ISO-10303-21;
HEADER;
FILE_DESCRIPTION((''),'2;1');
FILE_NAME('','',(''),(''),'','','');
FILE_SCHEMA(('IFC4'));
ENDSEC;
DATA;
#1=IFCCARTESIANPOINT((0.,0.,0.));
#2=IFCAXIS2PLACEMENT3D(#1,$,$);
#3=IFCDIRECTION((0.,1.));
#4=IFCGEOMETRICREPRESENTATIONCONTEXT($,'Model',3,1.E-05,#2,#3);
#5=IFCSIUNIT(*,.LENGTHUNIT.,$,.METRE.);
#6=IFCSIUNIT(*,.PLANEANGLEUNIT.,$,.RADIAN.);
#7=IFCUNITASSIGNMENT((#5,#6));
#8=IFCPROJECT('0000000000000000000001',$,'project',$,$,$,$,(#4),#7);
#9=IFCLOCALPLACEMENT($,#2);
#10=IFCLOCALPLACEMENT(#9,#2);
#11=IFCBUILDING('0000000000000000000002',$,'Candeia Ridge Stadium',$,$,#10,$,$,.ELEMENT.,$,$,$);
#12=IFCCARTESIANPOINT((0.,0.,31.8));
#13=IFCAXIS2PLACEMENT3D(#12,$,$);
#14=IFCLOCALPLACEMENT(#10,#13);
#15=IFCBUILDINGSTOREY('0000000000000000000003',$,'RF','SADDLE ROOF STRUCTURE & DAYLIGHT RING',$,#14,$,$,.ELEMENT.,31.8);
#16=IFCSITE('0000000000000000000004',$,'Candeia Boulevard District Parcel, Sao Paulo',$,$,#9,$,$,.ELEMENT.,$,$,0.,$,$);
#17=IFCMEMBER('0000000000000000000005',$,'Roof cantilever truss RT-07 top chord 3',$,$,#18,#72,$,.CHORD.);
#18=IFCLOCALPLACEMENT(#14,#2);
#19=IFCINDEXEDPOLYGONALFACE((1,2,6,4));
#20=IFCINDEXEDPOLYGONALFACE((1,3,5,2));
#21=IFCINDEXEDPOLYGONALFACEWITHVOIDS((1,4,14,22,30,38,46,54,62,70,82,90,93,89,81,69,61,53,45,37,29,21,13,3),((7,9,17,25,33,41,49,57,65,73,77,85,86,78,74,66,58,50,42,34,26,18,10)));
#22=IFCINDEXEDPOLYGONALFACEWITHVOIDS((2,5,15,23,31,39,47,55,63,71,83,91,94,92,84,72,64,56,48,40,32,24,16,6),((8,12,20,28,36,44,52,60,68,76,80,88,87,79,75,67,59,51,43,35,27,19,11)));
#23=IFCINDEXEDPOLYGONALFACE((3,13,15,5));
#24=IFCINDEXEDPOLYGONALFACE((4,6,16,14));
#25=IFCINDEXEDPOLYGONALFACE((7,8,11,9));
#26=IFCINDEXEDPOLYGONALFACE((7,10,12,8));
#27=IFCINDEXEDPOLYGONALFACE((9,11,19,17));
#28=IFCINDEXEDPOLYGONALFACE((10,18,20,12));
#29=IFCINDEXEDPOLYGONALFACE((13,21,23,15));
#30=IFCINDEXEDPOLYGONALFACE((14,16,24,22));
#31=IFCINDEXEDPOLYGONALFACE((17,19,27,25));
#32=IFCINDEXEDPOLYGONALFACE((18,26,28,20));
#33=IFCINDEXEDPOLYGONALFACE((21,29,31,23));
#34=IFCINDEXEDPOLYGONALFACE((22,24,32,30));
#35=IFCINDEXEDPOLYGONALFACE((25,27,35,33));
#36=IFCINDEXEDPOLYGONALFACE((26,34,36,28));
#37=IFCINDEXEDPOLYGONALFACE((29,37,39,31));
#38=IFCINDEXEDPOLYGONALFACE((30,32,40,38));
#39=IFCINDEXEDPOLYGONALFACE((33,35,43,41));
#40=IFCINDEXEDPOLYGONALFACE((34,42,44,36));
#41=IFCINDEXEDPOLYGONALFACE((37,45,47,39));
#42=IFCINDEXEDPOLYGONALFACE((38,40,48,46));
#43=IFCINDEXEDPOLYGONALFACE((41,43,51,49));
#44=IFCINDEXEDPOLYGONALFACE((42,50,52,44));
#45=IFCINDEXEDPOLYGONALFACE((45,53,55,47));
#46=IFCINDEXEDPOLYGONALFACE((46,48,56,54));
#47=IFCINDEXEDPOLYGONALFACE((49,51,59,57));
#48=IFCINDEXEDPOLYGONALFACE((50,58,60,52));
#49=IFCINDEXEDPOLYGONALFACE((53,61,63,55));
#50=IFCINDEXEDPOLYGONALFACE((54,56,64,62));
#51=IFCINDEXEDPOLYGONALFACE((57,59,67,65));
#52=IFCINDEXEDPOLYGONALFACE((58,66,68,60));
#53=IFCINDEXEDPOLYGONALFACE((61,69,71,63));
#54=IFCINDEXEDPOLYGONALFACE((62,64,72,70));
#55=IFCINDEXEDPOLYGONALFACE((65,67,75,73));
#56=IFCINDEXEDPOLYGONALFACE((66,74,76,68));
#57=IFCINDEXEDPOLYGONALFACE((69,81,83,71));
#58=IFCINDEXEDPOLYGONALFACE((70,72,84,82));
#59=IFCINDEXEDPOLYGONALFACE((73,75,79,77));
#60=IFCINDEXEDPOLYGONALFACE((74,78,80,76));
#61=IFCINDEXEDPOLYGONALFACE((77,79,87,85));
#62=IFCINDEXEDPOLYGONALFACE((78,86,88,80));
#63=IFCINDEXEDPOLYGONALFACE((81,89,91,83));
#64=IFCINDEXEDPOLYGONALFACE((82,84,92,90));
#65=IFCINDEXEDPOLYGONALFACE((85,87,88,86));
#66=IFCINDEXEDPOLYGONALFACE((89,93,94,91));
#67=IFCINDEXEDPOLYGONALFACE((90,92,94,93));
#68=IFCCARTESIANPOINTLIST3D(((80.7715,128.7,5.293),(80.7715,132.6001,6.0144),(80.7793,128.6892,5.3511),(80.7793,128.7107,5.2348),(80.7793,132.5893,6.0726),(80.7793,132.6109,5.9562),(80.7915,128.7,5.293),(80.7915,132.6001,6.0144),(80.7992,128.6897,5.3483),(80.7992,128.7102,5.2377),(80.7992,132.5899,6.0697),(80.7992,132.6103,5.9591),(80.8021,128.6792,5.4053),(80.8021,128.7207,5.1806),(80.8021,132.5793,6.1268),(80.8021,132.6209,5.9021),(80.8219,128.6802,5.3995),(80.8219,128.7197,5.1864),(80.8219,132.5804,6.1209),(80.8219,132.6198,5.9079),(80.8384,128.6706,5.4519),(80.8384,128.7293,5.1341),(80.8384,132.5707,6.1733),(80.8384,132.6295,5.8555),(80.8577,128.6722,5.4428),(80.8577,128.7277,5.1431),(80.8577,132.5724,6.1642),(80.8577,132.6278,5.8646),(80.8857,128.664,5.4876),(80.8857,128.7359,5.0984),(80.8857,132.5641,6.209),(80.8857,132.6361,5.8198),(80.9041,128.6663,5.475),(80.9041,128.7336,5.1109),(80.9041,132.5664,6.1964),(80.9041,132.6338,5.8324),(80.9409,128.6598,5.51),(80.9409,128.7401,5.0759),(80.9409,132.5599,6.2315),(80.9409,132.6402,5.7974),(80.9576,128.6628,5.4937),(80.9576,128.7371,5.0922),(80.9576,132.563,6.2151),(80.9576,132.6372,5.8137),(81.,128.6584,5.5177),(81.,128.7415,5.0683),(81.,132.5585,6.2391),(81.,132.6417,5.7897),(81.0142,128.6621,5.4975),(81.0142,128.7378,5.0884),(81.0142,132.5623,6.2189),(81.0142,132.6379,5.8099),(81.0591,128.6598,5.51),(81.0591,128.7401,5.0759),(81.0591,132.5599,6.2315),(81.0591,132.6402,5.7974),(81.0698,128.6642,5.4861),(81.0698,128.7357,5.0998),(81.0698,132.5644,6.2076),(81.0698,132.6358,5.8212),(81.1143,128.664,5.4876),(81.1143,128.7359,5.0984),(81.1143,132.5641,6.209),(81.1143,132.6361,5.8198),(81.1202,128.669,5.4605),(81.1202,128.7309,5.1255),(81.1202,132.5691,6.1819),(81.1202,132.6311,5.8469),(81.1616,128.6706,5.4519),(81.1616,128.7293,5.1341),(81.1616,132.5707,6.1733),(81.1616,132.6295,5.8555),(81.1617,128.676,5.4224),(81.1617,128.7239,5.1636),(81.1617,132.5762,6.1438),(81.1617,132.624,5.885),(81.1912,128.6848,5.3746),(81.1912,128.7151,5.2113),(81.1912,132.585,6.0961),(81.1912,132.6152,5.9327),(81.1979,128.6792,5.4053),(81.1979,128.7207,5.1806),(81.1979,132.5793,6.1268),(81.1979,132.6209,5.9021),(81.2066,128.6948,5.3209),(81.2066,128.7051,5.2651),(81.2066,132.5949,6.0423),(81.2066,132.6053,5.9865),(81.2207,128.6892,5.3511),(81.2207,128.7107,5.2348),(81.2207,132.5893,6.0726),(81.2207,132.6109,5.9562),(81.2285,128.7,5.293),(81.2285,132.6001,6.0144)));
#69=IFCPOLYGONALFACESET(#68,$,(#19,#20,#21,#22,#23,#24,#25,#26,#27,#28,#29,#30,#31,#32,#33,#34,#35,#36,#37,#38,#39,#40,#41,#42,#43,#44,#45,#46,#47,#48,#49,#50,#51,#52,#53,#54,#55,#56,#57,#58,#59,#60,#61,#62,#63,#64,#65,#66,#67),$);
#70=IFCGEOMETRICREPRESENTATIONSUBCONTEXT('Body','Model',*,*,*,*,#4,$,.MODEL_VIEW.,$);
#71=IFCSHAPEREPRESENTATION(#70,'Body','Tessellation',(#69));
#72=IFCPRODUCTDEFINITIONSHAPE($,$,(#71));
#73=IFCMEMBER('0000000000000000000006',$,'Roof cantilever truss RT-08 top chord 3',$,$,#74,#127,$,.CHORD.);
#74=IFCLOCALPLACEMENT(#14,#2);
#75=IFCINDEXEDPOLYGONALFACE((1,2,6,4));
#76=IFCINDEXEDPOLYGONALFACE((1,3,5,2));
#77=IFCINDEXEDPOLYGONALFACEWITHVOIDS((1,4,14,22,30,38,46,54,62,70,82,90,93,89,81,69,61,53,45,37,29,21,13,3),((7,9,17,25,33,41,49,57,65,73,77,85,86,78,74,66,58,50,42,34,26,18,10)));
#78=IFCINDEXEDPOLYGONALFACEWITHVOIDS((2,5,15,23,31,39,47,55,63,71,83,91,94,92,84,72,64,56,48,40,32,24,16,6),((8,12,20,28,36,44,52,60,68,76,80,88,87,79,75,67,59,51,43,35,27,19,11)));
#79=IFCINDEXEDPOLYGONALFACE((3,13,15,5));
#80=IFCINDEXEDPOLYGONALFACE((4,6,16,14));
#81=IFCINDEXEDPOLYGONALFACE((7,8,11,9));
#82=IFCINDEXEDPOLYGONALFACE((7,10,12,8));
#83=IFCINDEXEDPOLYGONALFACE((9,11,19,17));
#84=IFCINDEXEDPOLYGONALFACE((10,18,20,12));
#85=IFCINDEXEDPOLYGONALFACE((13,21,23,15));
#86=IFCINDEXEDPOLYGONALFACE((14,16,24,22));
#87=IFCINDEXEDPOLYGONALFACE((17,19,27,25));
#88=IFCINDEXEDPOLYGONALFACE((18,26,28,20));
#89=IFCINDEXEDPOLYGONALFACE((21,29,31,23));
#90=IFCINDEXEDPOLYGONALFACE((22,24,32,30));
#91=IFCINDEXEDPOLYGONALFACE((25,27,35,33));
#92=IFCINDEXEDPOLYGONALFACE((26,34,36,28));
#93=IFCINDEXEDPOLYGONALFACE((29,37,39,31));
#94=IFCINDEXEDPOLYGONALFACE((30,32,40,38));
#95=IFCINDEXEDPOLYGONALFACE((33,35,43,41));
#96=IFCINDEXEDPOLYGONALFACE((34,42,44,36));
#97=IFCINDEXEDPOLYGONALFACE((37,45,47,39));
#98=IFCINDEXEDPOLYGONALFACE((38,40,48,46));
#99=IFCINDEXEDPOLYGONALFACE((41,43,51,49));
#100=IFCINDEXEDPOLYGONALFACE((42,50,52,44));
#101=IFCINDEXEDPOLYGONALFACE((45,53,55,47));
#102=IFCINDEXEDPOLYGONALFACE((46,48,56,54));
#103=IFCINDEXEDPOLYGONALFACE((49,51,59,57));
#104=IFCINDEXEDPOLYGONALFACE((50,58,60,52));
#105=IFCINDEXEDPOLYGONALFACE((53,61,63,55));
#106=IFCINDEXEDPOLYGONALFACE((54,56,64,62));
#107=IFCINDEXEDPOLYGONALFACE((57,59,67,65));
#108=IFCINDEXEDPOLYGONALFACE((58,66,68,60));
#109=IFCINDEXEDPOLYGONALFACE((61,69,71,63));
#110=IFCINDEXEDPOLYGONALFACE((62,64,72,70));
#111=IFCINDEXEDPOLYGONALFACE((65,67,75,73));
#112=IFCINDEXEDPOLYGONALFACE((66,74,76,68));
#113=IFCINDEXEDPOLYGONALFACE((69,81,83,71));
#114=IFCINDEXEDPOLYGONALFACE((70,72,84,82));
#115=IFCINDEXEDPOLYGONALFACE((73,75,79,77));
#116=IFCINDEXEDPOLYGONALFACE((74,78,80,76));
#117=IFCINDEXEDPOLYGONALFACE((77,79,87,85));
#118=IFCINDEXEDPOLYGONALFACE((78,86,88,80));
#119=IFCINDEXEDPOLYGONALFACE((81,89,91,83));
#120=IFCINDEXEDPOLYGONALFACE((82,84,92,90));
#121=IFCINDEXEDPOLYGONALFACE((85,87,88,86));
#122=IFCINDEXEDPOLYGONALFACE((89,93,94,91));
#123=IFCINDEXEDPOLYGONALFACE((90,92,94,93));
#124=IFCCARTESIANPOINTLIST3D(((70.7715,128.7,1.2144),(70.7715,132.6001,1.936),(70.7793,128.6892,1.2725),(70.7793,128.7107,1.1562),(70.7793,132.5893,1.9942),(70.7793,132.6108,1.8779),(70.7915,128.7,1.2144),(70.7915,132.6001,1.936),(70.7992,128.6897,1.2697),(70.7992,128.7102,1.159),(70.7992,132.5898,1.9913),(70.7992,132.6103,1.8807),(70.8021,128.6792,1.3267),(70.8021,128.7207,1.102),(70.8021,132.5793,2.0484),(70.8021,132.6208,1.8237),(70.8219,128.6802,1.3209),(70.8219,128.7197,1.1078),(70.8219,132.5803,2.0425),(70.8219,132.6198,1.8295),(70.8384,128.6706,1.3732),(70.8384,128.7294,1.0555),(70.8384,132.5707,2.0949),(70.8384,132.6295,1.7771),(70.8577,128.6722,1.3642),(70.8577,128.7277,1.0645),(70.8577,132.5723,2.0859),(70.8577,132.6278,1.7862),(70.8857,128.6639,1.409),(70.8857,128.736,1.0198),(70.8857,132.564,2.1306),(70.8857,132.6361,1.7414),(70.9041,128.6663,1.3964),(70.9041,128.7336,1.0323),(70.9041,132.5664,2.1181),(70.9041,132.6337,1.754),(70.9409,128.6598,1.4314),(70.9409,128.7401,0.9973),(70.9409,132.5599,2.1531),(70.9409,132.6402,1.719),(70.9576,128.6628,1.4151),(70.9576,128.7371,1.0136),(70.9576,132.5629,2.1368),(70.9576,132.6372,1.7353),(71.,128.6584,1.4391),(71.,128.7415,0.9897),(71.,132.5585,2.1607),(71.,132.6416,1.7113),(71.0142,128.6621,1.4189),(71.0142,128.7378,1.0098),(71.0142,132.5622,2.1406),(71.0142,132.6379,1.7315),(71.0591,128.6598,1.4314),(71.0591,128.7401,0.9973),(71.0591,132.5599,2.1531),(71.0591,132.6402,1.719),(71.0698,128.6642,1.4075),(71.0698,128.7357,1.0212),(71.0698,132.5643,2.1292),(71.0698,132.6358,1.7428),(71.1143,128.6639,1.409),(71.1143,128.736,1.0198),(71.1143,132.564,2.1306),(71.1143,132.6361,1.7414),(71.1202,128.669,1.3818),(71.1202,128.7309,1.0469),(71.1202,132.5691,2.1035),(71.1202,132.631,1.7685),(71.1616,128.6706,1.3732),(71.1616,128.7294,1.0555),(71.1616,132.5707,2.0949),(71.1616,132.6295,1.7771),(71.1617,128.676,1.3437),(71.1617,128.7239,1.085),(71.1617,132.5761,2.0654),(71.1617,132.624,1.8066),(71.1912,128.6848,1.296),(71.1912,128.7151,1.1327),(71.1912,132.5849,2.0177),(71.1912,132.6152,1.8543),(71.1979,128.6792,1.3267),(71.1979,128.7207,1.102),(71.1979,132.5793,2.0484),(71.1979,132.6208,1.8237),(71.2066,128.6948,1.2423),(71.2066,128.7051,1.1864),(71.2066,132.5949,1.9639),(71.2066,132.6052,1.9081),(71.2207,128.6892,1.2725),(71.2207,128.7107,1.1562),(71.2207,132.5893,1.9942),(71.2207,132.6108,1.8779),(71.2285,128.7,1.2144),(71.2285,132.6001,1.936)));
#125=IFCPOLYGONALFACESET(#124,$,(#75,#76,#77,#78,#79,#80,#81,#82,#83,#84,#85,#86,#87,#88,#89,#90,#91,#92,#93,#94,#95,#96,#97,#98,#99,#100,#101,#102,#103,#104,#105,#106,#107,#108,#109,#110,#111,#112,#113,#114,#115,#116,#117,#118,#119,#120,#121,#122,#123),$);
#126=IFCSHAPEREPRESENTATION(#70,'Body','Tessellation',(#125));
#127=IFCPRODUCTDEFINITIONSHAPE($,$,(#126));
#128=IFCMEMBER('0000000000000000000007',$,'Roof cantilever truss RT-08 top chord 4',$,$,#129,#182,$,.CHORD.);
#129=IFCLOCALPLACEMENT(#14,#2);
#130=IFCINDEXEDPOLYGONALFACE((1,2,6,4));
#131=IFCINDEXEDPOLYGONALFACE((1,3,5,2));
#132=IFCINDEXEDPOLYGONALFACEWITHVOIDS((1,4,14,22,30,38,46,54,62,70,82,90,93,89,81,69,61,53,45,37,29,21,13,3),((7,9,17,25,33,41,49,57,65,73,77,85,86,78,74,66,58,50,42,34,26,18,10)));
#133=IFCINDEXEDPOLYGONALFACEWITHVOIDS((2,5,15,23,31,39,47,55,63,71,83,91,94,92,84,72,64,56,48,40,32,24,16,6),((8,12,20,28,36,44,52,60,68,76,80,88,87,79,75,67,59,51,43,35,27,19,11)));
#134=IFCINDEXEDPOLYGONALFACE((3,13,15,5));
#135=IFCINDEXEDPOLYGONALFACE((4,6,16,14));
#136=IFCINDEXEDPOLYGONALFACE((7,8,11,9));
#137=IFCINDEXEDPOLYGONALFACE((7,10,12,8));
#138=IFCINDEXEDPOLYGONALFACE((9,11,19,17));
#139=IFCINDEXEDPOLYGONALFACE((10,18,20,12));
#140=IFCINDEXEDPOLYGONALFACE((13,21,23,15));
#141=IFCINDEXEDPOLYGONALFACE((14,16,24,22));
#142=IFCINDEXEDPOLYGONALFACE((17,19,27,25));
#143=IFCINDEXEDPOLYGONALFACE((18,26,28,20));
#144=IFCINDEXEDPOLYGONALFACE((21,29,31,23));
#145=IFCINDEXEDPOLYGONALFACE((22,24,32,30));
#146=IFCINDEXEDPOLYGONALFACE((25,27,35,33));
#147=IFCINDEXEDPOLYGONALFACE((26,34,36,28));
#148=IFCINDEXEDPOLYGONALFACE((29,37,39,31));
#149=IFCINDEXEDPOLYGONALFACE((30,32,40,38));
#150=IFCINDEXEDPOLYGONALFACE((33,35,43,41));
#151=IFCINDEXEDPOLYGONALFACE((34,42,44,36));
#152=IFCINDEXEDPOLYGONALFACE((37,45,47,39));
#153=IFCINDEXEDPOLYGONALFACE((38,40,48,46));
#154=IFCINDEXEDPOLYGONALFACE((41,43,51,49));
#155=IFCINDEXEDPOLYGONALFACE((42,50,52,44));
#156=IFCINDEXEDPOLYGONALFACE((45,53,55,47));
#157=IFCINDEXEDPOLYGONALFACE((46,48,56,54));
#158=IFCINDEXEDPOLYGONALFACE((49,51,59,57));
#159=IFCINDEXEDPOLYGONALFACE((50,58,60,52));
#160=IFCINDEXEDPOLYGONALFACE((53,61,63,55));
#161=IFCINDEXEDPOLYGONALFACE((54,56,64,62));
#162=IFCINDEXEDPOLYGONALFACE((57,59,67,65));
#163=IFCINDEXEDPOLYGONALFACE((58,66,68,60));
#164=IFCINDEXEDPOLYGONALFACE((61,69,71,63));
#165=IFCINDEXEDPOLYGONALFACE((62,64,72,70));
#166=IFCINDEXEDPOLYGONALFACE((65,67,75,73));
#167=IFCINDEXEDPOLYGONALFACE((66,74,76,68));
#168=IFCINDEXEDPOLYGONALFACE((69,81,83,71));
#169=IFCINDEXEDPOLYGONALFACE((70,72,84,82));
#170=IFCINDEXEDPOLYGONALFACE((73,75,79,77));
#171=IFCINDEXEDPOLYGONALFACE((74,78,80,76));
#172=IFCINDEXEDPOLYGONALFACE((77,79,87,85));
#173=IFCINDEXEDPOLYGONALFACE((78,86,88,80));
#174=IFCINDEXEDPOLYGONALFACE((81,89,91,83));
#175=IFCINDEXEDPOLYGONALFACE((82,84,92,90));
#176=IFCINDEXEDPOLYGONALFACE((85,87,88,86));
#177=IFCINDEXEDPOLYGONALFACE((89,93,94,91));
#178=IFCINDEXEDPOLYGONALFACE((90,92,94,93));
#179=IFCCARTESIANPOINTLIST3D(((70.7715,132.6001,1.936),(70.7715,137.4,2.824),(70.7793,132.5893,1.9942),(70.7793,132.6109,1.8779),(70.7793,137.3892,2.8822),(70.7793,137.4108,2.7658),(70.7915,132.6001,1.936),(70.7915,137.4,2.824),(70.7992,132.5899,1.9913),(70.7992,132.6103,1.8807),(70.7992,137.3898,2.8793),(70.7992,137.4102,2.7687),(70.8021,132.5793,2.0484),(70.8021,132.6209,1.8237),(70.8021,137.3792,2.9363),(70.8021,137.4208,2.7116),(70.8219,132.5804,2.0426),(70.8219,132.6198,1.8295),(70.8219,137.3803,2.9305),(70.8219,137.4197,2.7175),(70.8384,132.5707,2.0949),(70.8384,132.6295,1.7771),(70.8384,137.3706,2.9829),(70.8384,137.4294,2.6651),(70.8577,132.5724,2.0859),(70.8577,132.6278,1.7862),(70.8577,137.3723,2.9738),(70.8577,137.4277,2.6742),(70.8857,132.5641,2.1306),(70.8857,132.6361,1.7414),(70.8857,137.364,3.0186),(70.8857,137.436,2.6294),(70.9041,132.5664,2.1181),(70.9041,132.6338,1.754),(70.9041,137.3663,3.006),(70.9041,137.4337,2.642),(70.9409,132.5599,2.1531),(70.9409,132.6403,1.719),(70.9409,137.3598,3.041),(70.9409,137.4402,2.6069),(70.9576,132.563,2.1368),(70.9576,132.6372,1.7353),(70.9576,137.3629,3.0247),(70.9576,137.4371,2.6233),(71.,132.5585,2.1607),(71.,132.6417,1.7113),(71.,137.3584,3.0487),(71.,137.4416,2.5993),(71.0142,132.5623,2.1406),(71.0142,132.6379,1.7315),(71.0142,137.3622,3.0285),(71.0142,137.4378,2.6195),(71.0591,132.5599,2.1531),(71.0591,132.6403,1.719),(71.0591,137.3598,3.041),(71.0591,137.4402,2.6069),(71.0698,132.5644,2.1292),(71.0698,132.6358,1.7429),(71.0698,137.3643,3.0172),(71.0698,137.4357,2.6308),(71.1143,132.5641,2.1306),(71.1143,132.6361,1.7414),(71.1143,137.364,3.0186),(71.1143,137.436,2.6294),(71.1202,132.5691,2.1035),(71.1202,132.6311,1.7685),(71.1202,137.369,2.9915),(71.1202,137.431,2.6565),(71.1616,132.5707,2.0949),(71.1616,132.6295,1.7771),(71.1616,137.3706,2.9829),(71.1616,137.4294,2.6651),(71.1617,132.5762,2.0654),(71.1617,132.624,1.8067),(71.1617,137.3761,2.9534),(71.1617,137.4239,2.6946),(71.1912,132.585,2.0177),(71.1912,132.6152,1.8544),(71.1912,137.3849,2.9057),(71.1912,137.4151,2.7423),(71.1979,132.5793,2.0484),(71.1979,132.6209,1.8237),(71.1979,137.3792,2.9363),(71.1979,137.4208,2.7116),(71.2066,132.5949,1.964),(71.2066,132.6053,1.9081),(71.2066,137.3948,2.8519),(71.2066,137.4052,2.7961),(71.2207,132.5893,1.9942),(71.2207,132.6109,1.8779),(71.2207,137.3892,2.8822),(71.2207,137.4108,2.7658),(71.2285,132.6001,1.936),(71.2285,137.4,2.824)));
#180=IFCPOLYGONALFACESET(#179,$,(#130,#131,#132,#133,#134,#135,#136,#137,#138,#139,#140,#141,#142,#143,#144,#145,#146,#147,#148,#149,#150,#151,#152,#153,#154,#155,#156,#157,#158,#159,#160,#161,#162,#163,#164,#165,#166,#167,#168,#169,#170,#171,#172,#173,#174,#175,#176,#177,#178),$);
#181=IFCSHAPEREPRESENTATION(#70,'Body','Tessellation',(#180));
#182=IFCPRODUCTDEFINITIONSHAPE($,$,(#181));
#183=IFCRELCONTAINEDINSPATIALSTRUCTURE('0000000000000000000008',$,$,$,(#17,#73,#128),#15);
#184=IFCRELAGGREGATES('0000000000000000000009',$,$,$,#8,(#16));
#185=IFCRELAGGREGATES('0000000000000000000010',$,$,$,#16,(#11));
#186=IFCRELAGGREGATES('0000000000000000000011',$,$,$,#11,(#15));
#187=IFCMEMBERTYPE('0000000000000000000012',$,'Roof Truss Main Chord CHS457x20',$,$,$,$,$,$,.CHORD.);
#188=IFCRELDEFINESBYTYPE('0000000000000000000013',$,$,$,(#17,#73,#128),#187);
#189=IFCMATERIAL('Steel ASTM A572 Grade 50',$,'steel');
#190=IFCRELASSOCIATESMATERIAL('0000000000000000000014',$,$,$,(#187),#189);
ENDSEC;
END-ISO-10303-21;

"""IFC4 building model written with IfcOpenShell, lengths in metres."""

from ifc_helpers import new_model, si_unit, direction, frame, origin, origin_2d, place, context, subcontext, project, spatial, hollow_circle, extrude, material, material_profile, profile_set, type_object, element, save


model = new_model("IFC4")

# Units and contexts
model_context = context("Model", 3, precision=1e-05, world=origin(), true_north=direction((0.0, 1.0)))
body_context = subcontext(model_context, "Body", "Model", "MODEL_VIEW")
ifc_project = project(units=[si_unit("LENGTHUNIT", "METRE"), si_unit("PLANEANGLEUNIT", "RADIAN")], contexts=[model_context])

# Site, building, storey
site_placement = place(None, origin())
site = spatial("IfcSite", under=ifc_project, at=site_placement, Name="Candeia Boulevard District Parcel, Sao Paulo", CompositionType="ELEMENT", RefElevation=0.0)
building_placement = place(site_placement, origin())
building = spatial("IfcBuilding", under=site, at=building_placement, Name="Candeia Ridge Stadium", CompositionType="ELEMENT")
storey_placement = place(building_placement, frame((0.0, 0.0, 31.8)))
storey = spatial("IfcBuildingStorey", under=building, at=storey_placement, Name="RF", Description="SADDLE ROOF STRUCTURE & DAYLIGHT RING", CompositionType="ELEMENT", Elevation=31.8)

# Shared definitions
ifc_material_1 = material(Name="Steel ASTM A572 Grade 50", Category="steel")

# Members
ifc_material_profile_1 = material_profile(ifc_material_1, hollow_circle(Radius=0.2285, WallThickness=0.02, at=origin_2d()), Name="CHS457x20", Category="steel")
ifc_profile_set_1 = profile_set([ifc_material_profile_1], Name="Steel ASTM A572 Grade 50")
member_type_1 = type_object("IfcMemberType", Name="Roof Truss Main Chord CHS457x20", PredefinedType="CHORD", material=ifc_profile_set_1)
for number, where, z_axis, x_axis, name in (
    (1, (81.0, 128.7, 5.293), (0.0, 0.983319, 0.181891), (-1.0, 0.0, 0.0), "Roof cantilever truss RT-07 top chord 3"),
    (2, (71.0, 128.7, 1.2144), (0.0, 0.983308, 0.18195), (-1.0, 0.0, 0.0), "Roof cantilever truss RT-08 top chord 3"),
):
    element("IfcMember", number, at=place(storey_placement, frame(where, z_axis=z_axis, x_axis=x_axis)), inside=storey, type_object=member_type_1, Name=name, PredefinedType="CHORD", context=body_context, shape_type="SweptSolid", body=[
        extrude(hollow_circle(Radius=0.2285, WallThickness=0.02, at=origin_2d()), origin(), (0.0, 0.0, 1.0), 3.9663),
    ])
member_1_placement = place(storey_placement, frame((71.0, 132.6001, 1.936), z_axis=(0.0, 0.983315, 0.181908), x_axis=(-1.0, 0.0, 0.0)))
element("IfcMember", 3, at=member_1_placement, inside=storey, type_object=member_type_1, Name="Roof cantilever truss RT-08 top chord 4", PredefinedType="CHORD", context=body_context, shape_type="SweptSolid", body=[
    extrude(hollow_circle(Radius=0.2285, WallThickness=0.02, at=origin_2d()), origin(), (0.0, 0.0, 1.0), 4.8813),
])

save(model, "model.ifc")
